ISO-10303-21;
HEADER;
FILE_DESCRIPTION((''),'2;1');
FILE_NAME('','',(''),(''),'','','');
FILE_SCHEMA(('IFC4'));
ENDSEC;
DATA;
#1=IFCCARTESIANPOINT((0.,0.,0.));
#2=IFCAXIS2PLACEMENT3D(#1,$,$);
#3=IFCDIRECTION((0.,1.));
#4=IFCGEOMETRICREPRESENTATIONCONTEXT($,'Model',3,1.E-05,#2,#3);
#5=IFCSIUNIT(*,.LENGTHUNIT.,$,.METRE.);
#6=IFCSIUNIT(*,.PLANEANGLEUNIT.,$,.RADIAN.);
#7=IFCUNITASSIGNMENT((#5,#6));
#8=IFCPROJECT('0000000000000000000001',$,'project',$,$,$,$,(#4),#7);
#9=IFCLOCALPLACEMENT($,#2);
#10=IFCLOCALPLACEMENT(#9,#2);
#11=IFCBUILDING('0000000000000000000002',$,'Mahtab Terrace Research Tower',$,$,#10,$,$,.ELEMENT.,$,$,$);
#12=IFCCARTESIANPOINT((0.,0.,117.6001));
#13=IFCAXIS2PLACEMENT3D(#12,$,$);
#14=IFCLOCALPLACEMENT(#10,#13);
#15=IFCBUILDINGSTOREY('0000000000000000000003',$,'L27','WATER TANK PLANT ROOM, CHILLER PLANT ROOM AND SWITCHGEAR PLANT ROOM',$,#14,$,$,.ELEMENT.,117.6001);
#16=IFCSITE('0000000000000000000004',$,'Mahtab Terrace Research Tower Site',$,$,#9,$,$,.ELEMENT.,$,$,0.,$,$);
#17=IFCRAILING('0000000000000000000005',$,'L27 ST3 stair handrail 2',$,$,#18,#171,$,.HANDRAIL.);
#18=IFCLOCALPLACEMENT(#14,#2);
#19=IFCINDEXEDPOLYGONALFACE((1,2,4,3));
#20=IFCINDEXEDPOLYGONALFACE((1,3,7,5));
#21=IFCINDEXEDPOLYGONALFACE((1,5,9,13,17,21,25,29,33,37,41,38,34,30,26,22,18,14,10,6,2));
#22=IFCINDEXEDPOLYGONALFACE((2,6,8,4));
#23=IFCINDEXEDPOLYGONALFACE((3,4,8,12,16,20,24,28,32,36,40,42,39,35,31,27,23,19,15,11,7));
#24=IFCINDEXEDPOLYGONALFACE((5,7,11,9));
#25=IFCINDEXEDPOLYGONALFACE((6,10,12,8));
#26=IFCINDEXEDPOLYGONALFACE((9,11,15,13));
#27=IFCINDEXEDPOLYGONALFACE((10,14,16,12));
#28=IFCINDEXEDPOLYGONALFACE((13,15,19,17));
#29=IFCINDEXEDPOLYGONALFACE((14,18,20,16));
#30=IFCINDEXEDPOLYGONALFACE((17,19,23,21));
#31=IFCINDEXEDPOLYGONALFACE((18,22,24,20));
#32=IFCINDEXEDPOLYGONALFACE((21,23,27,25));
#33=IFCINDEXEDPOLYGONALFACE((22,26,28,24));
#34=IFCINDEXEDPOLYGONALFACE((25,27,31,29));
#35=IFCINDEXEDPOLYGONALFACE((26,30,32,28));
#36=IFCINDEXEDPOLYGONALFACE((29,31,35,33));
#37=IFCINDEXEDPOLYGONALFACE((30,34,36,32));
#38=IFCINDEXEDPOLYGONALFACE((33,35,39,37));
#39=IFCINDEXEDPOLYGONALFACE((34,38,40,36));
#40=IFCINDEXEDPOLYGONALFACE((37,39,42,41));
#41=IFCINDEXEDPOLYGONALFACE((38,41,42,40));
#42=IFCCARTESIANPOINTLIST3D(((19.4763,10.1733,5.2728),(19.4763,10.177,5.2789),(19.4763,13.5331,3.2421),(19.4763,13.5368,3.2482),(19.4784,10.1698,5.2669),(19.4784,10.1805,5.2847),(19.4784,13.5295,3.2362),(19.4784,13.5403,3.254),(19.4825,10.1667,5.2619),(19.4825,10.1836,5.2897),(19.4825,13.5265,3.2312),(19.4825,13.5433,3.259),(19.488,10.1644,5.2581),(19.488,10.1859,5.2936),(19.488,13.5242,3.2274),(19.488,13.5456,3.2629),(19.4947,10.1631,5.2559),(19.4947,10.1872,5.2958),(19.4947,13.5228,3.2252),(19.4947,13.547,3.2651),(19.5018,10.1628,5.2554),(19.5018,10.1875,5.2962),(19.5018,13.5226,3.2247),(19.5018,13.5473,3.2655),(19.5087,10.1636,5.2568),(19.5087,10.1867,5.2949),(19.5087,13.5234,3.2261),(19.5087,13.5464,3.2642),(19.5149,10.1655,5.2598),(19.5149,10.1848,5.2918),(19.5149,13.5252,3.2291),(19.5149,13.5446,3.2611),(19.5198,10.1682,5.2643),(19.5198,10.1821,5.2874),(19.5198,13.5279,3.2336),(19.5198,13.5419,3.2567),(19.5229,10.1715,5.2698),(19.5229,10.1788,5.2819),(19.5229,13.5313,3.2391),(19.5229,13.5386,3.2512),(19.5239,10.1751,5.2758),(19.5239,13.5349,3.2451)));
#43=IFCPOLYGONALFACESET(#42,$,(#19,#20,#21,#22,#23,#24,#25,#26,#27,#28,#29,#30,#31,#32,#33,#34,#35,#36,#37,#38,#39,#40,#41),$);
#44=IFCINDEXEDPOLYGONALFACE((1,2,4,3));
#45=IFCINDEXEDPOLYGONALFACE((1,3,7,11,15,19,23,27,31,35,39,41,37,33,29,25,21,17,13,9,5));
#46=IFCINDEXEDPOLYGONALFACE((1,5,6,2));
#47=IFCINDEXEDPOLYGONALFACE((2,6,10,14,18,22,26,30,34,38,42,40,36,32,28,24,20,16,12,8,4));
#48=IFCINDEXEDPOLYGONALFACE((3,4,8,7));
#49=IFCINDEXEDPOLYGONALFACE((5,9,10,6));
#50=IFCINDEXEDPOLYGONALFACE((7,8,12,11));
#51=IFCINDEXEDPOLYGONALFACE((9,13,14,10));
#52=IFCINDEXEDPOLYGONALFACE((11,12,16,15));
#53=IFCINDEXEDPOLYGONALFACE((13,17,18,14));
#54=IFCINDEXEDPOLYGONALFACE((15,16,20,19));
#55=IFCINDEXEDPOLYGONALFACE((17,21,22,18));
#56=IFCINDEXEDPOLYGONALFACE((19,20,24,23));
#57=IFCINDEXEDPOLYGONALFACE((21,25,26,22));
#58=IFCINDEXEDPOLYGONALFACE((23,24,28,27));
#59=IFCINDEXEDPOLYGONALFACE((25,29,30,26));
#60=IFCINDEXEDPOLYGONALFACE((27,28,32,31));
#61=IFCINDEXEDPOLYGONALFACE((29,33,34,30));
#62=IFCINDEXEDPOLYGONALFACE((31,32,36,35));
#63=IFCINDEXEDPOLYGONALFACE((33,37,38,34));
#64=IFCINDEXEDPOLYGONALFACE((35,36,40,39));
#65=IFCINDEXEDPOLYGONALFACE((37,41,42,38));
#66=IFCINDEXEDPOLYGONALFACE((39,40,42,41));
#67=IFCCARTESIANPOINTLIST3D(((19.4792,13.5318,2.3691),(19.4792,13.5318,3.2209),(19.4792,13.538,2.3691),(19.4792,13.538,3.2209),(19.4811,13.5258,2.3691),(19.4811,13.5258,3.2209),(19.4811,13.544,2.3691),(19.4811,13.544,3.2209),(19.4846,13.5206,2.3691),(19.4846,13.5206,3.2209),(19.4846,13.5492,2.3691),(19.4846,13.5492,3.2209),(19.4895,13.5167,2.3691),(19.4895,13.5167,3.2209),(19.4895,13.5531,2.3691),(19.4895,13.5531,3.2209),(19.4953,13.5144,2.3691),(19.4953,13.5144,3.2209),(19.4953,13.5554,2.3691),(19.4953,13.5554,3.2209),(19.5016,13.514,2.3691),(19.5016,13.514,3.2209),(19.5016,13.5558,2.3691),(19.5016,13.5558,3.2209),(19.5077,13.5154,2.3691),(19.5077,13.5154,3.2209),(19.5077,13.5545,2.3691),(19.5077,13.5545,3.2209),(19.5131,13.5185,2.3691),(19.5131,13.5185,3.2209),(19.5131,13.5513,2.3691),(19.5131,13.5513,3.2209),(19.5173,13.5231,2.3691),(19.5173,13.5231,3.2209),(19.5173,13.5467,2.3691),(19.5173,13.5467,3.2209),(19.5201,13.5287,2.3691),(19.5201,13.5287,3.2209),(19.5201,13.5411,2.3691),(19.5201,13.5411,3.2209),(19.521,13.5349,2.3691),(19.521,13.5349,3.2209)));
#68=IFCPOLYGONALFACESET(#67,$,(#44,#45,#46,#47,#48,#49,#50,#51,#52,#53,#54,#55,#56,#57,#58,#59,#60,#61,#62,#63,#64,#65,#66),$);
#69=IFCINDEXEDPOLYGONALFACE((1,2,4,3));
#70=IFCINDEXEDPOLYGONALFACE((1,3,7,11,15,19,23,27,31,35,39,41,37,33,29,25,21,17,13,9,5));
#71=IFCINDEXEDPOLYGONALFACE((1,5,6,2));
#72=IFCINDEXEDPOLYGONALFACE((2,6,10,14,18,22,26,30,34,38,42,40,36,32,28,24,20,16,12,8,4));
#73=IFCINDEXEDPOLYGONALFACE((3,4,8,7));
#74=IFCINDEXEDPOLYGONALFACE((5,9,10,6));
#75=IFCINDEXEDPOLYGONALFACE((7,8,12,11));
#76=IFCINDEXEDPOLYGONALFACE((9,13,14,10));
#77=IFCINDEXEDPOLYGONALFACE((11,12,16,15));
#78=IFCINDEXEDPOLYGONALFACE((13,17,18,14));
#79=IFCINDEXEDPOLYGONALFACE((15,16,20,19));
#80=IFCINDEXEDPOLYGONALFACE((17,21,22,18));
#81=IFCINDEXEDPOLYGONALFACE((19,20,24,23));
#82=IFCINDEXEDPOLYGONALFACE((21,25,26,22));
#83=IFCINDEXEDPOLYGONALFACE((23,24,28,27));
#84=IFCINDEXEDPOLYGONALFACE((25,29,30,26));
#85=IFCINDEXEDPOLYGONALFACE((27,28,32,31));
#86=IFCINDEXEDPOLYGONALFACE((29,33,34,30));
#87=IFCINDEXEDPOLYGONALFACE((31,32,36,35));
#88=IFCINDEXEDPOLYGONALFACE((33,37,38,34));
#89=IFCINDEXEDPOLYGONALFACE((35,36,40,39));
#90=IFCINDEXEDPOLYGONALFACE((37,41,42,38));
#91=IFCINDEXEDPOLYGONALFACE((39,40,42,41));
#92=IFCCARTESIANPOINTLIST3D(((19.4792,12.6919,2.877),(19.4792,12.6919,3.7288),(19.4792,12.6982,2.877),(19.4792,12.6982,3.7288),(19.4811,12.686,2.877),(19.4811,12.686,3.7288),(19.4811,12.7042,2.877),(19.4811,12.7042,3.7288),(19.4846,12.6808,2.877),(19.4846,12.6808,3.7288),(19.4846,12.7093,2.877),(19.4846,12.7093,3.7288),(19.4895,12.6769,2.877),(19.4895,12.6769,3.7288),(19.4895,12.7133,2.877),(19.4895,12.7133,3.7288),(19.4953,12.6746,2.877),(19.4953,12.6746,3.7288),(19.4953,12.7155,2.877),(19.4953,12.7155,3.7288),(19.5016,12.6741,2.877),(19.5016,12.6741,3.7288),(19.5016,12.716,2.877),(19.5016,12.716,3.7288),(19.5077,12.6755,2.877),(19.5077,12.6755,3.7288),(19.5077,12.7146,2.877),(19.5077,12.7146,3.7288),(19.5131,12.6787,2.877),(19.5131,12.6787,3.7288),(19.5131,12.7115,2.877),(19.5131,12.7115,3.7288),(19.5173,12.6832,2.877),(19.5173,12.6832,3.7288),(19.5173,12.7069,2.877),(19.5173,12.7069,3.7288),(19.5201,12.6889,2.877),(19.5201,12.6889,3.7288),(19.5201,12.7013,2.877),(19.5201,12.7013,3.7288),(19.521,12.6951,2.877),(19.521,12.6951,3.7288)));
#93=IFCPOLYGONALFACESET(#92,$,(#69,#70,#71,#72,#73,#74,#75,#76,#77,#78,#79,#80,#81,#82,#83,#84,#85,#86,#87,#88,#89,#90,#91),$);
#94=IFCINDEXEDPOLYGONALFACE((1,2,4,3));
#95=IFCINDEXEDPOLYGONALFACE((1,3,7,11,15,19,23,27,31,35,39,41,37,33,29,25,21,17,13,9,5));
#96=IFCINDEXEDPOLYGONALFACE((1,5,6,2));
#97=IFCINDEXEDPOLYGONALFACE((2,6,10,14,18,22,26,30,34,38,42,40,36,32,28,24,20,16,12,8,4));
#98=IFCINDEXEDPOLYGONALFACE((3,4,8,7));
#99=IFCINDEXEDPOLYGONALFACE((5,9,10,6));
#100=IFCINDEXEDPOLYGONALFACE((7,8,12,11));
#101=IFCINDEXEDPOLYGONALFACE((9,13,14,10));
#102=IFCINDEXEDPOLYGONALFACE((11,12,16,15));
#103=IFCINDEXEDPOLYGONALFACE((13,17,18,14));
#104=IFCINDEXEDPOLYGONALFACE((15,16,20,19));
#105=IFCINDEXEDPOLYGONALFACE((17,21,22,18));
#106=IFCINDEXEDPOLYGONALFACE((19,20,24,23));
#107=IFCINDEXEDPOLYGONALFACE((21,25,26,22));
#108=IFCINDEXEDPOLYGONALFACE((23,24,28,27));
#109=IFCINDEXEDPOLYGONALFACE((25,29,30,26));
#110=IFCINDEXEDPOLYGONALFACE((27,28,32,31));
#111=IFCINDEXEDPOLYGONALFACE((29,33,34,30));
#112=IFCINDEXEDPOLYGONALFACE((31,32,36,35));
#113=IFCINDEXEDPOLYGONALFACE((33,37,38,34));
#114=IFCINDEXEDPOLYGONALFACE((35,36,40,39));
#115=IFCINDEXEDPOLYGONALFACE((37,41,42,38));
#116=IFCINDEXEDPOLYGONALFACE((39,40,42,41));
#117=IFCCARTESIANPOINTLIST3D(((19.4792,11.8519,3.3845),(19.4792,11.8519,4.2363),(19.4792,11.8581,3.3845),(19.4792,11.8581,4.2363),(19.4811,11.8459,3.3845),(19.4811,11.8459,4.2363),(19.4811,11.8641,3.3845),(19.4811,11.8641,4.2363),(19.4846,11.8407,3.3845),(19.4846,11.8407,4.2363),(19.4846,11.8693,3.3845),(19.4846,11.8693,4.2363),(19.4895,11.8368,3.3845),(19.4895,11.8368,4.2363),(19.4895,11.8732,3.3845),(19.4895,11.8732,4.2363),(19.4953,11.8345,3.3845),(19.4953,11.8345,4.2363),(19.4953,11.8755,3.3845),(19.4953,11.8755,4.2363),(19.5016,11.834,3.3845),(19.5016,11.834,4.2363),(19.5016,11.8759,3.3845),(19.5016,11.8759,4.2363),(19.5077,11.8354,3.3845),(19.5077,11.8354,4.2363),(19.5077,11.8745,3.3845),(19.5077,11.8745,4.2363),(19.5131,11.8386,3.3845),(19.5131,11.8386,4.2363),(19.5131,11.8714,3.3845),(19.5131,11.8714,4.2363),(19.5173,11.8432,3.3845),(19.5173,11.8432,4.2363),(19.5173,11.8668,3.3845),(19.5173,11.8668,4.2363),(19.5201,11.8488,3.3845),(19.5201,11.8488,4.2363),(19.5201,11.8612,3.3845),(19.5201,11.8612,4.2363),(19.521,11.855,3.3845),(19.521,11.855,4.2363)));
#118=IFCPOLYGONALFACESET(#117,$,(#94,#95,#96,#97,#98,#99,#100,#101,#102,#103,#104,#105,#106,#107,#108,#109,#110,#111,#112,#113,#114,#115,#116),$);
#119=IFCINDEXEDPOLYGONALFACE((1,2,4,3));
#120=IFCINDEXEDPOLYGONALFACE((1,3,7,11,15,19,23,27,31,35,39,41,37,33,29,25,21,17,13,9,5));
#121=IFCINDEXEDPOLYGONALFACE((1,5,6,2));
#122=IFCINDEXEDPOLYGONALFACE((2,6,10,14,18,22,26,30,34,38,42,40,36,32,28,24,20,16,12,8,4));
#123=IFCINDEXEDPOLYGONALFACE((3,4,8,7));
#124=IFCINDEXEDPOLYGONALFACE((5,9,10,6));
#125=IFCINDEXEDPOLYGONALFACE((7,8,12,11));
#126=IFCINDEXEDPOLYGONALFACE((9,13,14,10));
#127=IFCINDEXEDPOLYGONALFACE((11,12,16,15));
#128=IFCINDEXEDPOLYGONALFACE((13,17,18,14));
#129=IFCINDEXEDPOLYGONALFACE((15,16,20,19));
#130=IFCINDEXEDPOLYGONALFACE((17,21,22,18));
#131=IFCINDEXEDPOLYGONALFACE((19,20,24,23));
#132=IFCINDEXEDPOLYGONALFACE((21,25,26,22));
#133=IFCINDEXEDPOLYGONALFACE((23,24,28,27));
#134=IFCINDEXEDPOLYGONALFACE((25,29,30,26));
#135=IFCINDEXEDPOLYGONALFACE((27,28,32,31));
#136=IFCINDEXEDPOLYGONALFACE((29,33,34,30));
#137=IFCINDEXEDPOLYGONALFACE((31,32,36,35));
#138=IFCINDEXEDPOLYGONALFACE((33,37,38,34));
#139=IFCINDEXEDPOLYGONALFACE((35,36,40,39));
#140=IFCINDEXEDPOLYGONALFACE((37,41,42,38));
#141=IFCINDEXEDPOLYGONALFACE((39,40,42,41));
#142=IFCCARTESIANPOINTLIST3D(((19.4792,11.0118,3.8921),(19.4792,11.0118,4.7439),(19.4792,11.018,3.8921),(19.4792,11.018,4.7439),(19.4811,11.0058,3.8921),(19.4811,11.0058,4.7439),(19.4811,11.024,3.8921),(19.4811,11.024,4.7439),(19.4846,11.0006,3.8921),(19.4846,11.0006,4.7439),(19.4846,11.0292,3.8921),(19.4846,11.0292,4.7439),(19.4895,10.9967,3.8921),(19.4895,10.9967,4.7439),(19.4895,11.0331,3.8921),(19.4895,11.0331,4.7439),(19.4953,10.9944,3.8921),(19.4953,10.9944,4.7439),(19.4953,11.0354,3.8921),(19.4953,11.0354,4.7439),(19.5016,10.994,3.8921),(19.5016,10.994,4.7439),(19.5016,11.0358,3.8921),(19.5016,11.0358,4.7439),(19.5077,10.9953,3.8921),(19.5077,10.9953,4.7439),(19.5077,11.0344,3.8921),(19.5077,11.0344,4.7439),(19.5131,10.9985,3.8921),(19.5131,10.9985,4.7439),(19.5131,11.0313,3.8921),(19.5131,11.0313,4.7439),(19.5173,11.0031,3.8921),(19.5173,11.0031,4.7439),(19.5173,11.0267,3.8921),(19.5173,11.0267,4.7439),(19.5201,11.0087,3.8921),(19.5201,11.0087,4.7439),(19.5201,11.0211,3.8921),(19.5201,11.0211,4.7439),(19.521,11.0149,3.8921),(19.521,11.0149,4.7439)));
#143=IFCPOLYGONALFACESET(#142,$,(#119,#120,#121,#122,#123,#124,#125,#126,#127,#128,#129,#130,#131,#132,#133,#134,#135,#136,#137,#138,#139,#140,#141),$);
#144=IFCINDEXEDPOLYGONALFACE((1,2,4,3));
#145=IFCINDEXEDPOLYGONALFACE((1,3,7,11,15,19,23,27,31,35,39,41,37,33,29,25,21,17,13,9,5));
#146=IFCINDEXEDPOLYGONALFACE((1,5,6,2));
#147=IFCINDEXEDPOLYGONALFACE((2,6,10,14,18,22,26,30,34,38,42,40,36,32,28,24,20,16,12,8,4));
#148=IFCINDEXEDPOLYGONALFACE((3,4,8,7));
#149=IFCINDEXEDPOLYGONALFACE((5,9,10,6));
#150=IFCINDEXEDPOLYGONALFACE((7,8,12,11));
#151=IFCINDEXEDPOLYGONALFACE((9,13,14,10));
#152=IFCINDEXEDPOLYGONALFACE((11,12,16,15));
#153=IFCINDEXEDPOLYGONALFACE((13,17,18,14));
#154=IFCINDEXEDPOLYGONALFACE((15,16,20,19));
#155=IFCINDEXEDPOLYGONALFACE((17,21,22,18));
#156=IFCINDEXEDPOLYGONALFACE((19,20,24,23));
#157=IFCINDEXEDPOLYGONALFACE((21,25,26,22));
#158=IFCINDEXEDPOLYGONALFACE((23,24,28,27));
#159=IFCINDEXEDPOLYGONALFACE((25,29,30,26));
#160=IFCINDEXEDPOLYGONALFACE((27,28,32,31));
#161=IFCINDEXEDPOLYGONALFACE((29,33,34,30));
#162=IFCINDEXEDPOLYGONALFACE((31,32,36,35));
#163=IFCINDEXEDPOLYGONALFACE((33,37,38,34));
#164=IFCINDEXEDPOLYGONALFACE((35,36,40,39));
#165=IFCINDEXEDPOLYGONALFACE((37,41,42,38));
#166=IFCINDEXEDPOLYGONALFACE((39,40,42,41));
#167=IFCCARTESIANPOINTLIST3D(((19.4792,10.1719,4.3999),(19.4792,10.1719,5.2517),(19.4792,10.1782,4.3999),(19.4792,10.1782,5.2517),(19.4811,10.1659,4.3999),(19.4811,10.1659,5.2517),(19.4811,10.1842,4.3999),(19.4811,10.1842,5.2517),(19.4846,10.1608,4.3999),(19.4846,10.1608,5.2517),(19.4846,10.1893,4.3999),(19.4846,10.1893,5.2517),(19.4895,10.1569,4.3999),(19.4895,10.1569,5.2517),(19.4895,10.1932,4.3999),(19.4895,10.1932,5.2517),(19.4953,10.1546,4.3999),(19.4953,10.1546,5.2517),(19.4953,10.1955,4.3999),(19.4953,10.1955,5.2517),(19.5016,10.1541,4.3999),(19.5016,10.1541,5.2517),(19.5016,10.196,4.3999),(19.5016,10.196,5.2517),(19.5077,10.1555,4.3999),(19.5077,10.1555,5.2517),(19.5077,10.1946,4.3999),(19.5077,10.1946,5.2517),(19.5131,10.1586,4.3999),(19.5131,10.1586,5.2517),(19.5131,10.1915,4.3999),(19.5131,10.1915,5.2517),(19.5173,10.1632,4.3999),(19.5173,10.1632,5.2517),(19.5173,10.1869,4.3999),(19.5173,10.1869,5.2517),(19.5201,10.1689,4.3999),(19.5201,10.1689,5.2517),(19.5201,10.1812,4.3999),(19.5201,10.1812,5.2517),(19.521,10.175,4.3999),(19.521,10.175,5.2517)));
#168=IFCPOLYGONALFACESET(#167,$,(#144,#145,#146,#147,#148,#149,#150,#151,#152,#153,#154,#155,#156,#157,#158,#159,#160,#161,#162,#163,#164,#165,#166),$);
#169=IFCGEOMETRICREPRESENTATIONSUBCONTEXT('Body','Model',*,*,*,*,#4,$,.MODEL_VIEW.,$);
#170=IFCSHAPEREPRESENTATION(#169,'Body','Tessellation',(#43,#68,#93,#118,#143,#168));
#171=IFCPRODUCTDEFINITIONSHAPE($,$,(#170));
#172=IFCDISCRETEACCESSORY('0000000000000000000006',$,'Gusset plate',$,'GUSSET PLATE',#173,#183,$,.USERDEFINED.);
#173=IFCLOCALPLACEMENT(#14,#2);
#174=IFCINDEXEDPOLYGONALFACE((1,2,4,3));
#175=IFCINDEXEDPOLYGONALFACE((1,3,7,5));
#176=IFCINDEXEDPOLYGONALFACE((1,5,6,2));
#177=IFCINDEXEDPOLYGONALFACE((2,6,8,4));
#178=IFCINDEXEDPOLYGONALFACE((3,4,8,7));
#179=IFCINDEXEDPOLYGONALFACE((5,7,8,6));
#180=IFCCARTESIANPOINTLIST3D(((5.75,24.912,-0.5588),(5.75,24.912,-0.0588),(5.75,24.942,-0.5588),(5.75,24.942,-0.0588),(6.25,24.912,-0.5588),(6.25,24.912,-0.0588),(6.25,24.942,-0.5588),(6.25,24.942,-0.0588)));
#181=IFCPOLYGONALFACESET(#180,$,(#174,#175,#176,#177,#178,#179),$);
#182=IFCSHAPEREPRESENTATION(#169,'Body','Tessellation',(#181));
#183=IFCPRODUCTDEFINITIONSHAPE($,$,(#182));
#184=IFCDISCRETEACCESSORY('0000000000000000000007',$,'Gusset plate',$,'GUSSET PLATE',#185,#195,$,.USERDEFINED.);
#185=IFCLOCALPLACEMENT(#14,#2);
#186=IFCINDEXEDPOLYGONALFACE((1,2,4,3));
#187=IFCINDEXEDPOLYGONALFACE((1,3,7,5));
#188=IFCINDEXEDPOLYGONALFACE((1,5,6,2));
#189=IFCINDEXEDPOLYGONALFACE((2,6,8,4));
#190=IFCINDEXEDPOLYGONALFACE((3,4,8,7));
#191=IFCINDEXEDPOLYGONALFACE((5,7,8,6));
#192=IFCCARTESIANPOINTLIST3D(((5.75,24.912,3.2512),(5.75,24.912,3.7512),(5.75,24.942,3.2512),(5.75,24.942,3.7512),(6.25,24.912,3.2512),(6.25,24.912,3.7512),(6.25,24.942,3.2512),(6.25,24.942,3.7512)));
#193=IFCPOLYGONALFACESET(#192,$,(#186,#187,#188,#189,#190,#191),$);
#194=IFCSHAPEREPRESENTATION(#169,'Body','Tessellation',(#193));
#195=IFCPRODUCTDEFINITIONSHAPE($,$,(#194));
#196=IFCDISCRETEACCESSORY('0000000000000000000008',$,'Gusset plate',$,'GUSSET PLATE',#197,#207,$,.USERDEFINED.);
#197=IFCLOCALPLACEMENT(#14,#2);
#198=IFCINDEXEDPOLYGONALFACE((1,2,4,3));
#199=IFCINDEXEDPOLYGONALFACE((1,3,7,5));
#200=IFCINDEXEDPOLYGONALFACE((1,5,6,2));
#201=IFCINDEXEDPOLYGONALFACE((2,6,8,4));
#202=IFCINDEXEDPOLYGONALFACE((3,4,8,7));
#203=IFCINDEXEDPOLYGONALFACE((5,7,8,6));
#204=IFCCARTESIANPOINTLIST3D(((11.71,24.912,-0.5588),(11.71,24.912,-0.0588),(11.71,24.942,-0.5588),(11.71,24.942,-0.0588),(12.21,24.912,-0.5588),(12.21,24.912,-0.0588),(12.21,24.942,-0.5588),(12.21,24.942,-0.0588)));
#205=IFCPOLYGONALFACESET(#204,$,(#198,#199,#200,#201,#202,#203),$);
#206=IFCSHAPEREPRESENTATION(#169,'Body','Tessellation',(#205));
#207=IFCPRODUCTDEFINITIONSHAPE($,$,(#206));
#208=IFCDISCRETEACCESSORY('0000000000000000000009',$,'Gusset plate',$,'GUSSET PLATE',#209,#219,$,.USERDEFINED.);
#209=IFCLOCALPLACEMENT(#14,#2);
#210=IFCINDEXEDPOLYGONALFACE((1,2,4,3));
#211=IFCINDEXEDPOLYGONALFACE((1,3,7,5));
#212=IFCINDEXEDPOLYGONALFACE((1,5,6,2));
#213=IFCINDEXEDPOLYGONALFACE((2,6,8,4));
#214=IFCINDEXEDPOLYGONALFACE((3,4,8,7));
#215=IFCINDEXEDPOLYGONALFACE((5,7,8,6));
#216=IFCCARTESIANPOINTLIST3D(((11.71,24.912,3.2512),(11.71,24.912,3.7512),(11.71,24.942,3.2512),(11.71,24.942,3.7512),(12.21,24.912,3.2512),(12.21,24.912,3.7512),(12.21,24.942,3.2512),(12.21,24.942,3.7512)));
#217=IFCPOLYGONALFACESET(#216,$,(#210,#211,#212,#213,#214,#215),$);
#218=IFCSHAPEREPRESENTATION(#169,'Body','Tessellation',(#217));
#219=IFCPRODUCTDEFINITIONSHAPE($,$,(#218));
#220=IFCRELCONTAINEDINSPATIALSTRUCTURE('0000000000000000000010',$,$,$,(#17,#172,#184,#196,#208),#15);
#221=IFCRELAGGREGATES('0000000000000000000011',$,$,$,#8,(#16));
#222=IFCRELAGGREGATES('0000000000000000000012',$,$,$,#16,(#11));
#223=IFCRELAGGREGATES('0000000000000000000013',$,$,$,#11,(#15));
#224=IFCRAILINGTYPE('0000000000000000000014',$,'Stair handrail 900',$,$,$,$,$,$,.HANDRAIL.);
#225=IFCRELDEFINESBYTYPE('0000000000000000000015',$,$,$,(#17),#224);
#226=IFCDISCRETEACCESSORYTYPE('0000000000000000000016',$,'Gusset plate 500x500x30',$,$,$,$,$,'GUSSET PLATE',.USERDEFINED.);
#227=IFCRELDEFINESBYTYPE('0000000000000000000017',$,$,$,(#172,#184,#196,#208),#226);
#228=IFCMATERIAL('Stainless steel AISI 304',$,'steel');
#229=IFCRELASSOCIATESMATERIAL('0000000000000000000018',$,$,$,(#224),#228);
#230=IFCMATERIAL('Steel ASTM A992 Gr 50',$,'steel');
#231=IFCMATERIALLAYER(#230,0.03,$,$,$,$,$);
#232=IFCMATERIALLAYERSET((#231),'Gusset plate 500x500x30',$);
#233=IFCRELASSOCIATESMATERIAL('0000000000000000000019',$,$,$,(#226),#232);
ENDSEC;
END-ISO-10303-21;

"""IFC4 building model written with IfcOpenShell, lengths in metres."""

from ifc_helpers import new_model, si_unit, direction, frame, origin, origin_2d, place, context, subcontext, project, spatial, rectangle, circle, extrude, material, layer, layer_set, type_object, element, save


model = new_model("IFC4")

# Units and contexts
model_context = context("Model", 3, precision=1e-05, world=origin(), true_north=direction((0.0, 1.0)))
body_context = subcontext(model_context, "Body", "Model", "MODEL_VIEW")
ifc_project = project(units=[si_unit("LENGTHUNIT", "METRE"), si_unit("PLANEANGLEUNIT", "RADIAN")], contexts=[model_context])

# Site, building, storey
site_placement = place(None, origin())
site = spatial("IfcSite", under=ifc_project, at=site_placement, Name="Mahtab Terrace Research Tower Site", CompositionType="ELEMENT", RefElevation=0.0)
building_placement = place(site_placement, origin())
building = spatial("IfcBuilding", under=site, at=building_placement, Name="Mahtab Terrace Research Tower", CompositionType="ELEMENT")
storey_placement = place(building_placement, frame((0.0, 0.0, 117.6001)))
storey = spatial("IfcBuildingStorey", under=building, at=storey_placement, Name="L27", Description="WATER TANK PLANT ROOM, CHILLER PLANT ROOM AND SWITCHGEAR PLANT ROOM", CompositionType="ELEMENT", Elevation=117.6001)

# Shared definitions
ifc_material_1 = material(Name="Steel ASTM A992 Gr 50", Category="steel")

# Railing
ifc_material_2 = material(Name="Stainless steel AISI 304", Category="steel")
railing_type_1 = type_object("IfcRailingType", Name="Stair handrail 900", PredefinedType="HANDRAIL", material=ifc_material_2)
railing_1_placement = place(storey_placement, frame((19.5, 13.5349, 2.3691)))
element("IfcRailing", 1, at=railing_1_placement, inside=storey, type_object=railing_type_1, Name="L27 ST3 stair handrail 2", PredefinedType="HANDRAIL", context=body_context, shape_type="SweptSolid", body=[
    extrude(circle(Radius=0.0239, at=origin_2d()), frame((0.0, 0.0, 0.876), z_axis=(0.0, -0.85582, 0.517273), x_axis=(1.0, 0.0, 0.0)), (0.0, 0.0, 1.0), 3.9258),
    extrude(circle(Radius=0.021, at=origin_2d()), origin(), (0.0, 0.0, 1.0), 0.8518),
    extrude(circle(Radius=0.021, at=origin_2d()), frame((0.0, -0.8398, 0.5078)), (0.0, 0.0, 1.0), 0.8518),
    extrude(circle(Radius=0.021, at=origin_2d()), frame((0.0, -1.6799, 1.0154)), (0.0, 0.0, 1.0), 0.8518),
    extrude(circle(Radius=0.021, at=origin_2d()), frame((0.0, -2.52, 1.5229)), (0.0, 0.0, 1.0), 0.8518),
    extrude(circle(Radius=0.021, at=origin_2d()), frame((0.0, -3.3599, 2.0308)), (0.0, 0.0, 1.0), 0.8518),
])

# Discrete accessories
ifc_layer_1 = layer(ifc_material_1, 0.03)
ifc_layer_set_1 = layer_set([ifc_layer_1], Name="Gusset plate 500x500x30")
discrete_accessory_type = type_object("IfcDiscreteAccessoryType", Name="Gusset plate 500x500x30", ElementType="GUSSET PLATE", PredefinedType="USERDEFINED", material=ifc_layer_set_1)
for number, where, z_axis, x_axis, name in (
    (2, (6.0, 24.927, -0.5588), (0.0, 0.0, 1.0), (1.0, 0.0, 0.0), "Gusset plate"),
    (3, (6.0, 24.927, 3.2512), (0.0, 0.0, 1.0), (1.0, 0.0, 0.0), "Gusset plate"),
    (4, (11.96, 24.927, -0.5588), (0.0, 0.0, 1.0), (1.0, 0.0, 0.0), "Gusset plate"),
    (5, (11.96, 24.927, 3.2512), (0.0, 0.0, 1.0), (1.0, 0.0, 0.0), "Gusset plate"),
):
    element("IfcDiscreteAccessory", number, at=place(storey_placement, frame(where, z_axis=z_axis, x_axis=x_axis)), inside=storey, type_object=discrete_accessory_type, Name=name, ObjectType="GUSSET PLATE", PredefinedType="USERDEFINED", context=body_context, shape_type="SweptSolid", body=[
        extrude(rectangle(XDim=0.5, YDim=0.03, at=origin_2d()), origin(), (0.0, 0.0, 1.0), 0.5),
    ])

save(model, "model.ifc")
